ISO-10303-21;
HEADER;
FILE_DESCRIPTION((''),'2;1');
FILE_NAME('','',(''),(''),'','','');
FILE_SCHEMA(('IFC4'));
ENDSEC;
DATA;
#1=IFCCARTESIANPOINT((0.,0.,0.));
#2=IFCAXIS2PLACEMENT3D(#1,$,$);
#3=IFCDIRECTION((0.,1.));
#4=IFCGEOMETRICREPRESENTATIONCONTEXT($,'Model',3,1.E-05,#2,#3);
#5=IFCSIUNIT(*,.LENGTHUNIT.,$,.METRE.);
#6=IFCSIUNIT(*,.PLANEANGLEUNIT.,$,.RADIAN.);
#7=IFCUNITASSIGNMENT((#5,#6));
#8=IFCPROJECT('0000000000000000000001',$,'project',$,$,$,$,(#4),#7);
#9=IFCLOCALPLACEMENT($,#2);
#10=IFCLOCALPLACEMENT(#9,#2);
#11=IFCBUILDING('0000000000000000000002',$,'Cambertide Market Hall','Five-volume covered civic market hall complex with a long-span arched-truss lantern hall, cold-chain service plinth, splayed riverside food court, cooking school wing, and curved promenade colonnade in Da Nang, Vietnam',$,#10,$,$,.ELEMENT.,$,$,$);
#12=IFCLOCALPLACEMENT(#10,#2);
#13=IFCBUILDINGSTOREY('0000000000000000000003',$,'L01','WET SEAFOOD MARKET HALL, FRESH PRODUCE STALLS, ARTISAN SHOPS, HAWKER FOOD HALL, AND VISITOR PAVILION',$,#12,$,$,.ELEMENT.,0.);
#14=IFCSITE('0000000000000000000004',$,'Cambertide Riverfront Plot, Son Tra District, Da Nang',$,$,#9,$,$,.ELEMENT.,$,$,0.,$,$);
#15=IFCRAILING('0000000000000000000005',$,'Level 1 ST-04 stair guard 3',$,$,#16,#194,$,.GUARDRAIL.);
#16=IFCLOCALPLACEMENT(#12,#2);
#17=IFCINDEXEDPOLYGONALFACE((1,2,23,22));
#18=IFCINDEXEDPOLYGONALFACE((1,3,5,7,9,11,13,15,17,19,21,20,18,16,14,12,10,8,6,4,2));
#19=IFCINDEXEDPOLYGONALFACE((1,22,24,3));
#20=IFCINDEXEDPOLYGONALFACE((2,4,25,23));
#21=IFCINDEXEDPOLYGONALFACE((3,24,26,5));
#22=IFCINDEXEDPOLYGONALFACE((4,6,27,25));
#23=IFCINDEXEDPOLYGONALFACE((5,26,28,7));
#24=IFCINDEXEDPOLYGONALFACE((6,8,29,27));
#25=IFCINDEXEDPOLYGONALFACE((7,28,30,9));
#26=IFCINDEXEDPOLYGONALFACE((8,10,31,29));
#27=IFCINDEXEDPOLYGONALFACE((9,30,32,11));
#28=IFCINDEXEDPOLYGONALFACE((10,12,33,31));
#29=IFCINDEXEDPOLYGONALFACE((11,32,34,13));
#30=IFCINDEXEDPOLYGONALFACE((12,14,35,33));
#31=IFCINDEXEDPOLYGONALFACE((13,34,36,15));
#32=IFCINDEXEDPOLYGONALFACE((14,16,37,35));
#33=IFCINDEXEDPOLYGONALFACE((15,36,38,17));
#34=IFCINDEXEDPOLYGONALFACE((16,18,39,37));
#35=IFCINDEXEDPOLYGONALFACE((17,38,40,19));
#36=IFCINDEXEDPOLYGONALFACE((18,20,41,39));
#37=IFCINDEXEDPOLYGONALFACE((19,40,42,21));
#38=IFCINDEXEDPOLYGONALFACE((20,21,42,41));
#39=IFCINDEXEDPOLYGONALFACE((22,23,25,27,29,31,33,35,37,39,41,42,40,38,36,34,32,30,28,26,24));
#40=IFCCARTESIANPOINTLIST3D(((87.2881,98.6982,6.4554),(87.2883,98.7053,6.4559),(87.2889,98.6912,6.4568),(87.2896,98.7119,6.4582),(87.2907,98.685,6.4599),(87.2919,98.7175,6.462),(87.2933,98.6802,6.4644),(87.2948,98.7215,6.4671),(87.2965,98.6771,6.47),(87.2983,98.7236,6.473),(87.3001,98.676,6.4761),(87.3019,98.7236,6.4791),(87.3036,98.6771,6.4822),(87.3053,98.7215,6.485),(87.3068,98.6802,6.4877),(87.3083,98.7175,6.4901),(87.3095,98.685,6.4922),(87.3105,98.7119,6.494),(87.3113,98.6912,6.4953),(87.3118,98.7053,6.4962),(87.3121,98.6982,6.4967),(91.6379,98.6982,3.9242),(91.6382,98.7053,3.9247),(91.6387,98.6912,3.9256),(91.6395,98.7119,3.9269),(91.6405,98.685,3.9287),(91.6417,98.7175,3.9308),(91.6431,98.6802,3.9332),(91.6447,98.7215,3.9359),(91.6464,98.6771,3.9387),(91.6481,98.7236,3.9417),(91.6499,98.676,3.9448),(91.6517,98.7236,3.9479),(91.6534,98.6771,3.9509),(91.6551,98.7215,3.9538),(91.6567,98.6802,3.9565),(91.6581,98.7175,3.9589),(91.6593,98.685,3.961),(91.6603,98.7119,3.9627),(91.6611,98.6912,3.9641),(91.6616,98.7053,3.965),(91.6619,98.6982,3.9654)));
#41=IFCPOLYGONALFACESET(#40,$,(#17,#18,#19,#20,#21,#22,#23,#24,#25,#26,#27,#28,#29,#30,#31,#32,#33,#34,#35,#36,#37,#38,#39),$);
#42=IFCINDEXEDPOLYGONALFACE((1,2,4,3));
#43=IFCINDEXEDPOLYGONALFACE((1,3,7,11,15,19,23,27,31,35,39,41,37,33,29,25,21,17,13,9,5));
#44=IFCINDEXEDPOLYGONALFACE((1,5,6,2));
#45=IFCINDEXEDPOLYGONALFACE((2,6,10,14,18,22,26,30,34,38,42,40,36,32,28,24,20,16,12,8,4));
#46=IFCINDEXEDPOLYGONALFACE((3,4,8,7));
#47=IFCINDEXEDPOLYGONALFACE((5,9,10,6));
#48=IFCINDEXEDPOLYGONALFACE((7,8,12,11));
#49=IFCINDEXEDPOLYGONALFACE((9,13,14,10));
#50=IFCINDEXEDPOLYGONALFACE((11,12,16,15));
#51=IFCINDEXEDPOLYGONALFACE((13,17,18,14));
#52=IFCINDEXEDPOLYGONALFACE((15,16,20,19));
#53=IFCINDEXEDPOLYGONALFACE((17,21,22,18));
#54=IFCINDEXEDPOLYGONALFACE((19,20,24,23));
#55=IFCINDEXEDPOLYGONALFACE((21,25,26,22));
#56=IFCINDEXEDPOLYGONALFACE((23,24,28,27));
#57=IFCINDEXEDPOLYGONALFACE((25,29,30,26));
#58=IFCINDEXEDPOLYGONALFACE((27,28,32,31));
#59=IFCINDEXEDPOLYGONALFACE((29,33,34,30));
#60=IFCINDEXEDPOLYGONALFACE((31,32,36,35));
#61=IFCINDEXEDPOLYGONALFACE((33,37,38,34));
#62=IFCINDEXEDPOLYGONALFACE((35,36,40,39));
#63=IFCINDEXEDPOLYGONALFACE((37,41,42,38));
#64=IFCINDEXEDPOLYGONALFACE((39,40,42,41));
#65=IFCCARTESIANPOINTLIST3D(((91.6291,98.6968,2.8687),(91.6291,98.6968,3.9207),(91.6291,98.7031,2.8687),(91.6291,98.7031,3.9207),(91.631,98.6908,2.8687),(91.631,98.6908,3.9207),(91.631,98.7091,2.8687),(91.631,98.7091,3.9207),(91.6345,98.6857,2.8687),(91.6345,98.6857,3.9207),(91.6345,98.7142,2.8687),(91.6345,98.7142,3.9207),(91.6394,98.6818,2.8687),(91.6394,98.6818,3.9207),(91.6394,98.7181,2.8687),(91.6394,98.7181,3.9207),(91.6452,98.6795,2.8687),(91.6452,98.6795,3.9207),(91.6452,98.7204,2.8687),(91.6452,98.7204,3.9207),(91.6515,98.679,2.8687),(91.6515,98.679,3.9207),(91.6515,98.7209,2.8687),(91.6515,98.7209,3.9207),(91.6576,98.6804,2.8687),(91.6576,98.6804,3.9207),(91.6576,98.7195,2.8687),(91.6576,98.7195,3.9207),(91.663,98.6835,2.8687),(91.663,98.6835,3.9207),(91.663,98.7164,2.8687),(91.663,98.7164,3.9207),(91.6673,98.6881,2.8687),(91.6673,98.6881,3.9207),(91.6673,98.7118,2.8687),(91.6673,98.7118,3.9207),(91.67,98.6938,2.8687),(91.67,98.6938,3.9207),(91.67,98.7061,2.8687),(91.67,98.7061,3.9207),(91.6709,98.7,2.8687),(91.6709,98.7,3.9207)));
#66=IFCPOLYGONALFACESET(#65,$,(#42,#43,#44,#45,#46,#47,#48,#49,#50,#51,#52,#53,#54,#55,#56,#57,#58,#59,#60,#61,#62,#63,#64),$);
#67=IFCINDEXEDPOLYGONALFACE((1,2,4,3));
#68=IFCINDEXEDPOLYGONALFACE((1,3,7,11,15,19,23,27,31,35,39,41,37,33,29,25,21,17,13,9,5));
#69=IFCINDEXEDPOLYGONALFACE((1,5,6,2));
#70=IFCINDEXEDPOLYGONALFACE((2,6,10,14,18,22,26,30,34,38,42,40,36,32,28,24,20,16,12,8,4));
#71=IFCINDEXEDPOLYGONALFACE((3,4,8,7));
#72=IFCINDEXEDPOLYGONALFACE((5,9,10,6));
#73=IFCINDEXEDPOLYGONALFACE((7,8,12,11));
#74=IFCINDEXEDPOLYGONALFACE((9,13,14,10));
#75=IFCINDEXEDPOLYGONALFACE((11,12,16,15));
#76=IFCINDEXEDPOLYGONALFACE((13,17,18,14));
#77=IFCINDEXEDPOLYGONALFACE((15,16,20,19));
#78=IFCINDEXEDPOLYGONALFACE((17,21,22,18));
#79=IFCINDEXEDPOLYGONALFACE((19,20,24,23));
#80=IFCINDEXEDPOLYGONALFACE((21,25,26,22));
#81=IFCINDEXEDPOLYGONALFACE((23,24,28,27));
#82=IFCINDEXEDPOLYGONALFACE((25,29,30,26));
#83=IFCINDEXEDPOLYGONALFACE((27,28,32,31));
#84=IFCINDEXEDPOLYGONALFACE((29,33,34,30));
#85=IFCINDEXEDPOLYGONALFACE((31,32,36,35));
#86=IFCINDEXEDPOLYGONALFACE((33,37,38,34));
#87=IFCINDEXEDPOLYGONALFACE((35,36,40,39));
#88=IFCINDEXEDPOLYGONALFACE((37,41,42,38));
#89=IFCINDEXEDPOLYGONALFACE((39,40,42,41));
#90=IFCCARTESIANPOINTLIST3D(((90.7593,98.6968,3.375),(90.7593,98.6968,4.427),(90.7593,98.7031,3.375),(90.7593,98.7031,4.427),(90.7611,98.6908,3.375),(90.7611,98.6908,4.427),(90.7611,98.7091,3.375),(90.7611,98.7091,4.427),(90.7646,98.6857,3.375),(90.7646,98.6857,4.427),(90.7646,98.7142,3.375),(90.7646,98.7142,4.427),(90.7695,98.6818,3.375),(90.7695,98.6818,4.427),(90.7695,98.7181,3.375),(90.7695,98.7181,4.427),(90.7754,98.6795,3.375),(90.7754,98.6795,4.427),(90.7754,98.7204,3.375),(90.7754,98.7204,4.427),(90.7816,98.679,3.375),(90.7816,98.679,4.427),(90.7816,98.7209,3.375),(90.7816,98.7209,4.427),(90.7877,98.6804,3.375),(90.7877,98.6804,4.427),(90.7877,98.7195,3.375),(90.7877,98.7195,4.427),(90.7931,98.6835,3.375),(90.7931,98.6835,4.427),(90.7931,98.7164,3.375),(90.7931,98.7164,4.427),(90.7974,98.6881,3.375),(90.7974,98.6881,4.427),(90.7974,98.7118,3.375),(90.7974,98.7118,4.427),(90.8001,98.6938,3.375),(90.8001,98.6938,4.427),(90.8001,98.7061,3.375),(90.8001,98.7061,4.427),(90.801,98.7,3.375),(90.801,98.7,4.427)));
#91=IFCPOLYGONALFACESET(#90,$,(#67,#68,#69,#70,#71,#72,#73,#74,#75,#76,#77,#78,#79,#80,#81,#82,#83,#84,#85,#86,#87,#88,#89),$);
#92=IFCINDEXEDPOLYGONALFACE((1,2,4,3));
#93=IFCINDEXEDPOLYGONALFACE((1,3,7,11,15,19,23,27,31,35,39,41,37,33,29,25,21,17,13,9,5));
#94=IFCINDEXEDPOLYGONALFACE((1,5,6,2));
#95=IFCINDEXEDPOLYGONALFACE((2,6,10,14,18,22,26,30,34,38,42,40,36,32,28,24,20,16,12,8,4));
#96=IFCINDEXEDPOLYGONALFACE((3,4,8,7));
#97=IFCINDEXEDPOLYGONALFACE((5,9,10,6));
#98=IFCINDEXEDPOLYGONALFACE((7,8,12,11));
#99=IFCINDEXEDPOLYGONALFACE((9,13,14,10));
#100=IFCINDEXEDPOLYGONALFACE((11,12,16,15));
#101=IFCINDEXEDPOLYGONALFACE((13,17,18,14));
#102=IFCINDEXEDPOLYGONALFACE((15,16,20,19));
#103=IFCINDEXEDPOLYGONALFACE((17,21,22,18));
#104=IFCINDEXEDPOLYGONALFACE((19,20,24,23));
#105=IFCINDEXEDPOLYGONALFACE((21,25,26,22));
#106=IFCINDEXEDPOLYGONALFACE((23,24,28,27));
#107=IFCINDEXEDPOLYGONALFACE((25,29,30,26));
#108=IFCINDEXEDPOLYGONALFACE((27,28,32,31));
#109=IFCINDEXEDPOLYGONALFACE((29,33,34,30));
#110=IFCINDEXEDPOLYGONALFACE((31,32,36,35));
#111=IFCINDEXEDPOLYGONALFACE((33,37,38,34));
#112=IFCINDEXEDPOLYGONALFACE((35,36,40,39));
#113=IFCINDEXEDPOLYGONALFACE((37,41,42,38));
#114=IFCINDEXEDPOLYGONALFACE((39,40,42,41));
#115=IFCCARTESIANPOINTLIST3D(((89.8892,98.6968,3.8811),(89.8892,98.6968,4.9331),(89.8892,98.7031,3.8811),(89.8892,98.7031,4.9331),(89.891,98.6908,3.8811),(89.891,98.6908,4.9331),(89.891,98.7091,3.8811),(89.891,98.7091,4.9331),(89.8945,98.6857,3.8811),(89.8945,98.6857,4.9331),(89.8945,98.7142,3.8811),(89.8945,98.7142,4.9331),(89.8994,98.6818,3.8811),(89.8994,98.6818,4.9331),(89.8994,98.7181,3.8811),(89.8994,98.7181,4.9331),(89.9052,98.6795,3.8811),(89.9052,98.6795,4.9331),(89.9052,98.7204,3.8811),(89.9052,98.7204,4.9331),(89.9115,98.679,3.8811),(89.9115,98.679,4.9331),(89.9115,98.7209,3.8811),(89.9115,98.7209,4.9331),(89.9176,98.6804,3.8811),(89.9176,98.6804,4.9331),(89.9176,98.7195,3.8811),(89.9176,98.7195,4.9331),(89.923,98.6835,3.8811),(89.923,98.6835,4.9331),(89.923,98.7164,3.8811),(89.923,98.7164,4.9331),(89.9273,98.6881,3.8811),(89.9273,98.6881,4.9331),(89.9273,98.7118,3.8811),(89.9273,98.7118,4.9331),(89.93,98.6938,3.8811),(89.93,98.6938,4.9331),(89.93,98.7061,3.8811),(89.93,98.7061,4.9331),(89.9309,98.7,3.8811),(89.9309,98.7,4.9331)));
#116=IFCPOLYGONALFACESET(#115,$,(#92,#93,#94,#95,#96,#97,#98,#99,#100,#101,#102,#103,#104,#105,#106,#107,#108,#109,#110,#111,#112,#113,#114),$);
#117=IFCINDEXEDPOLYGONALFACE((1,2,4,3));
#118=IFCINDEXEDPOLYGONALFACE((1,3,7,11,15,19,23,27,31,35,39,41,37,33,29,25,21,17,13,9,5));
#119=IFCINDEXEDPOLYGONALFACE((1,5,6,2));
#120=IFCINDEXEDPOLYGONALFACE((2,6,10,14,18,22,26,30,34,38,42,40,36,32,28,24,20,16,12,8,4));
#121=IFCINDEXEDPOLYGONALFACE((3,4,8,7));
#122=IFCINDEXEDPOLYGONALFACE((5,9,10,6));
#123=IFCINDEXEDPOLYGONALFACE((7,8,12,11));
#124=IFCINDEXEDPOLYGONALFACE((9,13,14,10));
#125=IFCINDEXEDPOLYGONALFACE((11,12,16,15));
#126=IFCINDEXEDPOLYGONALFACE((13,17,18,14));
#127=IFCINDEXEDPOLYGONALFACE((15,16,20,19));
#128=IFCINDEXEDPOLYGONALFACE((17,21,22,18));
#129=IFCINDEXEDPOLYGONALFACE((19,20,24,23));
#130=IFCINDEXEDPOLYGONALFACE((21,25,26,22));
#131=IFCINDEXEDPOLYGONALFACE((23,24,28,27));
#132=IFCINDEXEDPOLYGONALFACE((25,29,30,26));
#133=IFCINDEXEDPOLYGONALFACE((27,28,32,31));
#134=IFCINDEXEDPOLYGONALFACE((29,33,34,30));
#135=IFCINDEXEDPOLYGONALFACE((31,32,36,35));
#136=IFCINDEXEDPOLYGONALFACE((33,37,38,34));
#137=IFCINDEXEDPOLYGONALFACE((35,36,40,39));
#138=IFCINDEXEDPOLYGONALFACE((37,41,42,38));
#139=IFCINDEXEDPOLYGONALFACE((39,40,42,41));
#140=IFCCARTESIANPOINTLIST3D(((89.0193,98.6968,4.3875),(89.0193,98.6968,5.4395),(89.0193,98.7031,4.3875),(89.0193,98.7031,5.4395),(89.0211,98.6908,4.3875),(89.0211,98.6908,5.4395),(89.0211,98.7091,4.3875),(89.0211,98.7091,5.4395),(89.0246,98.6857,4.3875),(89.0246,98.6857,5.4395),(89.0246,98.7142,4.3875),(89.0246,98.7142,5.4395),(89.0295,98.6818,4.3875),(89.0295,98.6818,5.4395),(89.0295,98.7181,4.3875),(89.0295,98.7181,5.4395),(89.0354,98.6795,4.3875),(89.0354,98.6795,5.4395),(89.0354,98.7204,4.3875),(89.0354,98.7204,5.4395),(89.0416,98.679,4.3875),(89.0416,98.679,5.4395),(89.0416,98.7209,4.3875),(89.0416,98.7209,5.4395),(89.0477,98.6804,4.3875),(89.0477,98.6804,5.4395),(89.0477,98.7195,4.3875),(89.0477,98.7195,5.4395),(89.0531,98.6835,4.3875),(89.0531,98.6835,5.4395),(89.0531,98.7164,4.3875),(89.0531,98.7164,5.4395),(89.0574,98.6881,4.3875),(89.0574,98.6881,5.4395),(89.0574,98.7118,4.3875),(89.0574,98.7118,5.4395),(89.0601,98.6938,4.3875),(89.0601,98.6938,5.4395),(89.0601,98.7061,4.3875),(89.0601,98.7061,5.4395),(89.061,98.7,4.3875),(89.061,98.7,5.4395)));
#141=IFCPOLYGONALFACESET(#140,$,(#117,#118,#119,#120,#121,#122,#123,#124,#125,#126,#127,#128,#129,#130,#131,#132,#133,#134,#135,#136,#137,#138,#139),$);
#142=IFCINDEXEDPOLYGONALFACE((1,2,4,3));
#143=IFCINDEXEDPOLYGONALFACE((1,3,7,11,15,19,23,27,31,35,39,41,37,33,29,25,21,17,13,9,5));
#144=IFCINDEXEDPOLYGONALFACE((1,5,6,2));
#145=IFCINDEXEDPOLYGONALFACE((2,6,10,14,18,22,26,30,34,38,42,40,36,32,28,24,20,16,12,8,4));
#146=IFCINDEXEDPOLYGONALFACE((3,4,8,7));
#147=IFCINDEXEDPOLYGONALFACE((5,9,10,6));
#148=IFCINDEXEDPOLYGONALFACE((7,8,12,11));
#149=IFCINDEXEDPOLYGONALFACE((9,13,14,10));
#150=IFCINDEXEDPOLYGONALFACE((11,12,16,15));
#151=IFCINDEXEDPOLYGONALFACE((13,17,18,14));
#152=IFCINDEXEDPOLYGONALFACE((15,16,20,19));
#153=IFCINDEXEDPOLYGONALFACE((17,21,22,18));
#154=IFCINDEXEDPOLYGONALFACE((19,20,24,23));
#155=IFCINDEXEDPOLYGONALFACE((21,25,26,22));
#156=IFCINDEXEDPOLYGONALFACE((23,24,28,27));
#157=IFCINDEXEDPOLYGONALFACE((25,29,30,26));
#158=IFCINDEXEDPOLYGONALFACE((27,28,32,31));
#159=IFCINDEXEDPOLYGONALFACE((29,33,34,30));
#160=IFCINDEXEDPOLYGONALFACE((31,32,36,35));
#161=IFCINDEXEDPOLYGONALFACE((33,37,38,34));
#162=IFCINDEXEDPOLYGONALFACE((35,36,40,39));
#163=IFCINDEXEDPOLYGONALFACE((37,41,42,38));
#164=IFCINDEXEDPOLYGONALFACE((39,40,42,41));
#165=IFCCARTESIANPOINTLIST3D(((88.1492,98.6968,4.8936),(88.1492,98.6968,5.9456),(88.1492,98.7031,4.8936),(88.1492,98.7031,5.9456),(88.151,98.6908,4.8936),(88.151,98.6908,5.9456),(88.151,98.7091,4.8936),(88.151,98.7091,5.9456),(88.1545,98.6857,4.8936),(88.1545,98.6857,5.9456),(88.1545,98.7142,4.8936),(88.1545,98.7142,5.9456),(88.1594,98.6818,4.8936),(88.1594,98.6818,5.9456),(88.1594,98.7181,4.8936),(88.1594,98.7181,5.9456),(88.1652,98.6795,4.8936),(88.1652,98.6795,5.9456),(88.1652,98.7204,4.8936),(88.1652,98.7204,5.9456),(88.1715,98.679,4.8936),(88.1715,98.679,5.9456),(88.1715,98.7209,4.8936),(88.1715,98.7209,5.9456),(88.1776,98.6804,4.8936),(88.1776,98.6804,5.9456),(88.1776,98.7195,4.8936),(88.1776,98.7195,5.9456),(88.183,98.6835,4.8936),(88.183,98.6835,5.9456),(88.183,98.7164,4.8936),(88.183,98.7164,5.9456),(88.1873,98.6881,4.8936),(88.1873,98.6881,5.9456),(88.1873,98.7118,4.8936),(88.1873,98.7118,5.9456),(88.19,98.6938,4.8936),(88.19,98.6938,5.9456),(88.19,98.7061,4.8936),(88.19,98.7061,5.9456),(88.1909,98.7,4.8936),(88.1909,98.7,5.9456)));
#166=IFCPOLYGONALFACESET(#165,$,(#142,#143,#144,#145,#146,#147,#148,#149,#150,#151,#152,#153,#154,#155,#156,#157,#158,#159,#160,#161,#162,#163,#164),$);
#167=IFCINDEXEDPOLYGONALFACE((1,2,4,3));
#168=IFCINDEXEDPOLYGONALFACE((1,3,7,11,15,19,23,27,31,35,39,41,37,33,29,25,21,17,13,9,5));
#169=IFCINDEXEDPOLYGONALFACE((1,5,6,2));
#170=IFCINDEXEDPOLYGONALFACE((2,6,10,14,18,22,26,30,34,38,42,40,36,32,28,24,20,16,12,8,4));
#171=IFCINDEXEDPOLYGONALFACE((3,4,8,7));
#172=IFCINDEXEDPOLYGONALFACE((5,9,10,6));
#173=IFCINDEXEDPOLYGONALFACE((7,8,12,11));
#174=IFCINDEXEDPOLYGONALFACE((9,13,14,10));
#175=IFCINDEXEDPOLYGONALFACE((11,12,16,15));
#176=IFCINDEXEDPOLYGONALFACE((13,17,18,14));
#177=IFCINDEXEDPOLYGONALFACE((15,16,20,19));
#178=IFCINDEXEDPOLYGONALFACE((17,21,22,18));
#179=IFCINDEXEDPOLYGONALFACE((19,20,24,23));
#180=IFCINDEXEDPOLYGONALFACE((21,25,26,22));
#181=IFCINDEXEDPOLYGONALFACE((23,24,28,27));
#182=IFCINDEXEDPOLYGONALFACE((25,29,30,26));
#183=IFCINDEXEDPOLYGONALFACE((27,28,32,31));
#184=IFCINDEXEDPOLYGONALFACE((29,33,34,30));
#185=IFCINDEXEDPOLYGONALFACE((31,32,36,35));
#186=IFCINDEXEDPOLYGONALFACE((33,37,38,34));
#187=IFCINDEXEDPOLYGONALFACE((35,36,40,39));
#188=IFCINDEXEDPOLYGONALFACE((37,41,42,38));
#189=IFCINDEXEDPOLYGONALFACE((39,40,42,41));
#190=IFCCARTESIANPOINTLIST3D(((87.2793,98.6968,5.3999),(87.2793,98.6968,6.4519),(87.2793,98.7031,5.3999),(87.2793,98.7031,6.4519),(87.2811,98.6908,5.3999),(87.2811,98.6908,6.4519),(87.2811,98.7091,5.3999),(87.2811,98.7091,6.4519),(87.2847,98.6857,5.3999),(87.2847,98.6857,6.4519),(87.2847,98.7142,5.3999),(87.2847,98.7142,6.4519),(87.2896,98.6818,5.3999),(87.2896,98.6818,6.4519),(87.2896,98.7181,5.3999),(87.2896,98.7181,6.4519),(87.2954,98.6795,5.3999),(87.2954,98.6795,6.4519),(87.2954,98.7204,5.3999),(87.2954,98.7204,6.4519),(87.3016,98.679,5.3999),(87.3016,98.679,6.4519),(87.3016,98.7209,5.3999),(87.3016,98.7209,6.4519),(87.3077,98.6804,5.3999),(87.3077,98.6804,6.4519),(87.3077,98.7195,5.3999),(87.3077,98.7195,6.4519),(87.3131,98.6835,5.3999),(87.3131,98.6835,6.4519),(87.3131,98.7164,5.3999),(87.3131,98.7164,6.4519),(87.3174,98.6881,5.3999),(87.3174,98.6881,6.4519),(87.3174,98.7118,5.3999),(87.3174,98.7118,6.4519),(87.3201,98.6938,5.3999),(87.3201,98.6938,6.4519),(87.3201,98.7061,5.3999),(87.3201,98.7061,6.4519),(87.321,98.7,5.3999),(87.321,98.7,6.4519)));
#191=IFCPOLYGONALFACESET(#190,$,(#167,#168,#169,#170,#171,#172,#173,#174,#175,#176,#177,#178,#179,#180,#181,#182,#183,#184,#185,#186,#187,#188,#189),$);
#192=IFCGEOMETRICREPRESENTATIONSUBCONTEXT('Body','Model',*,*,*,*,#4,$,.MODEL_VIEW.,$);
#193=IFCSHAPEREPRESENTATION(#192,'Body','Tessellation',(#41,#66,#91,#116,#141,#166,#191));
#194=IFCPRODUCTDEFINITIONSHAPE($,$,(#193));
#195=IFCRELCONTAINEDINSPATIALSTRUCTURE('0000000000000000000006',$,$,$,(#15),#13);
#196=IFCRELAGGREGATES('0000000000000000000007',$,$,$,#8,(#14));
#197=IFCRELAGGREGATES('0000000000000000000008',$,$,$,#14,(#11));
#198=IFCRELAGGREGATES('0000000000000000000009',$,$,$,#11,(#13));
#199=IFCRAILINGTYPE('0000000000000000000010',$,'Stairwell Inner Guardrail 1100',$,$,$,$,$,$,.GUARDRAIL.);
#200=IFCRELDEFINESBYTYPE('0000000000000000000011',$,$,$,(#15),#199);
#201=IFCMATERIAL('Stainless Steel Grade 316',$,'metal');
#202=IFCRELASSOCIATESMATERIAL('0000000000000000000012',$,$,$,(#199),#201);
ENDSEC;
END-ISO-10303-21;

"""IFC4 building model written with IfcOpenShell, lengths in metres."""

from ifc_helpers import new_model, si_unit, direction, frame, origin, origin_2d, place, context, subcontext, project, spatial, circle, extrude, material, type_object, element, save


model = new_model("IFC4")

# Units and contexts
model_context = context("Model", 3, precision=1e-05, world=origin(), true_north=direction((0.0, 1.0)))
body_context = subcontext(model_context, "Body", "Model", "MODEL_VIEW")
ifc_project = project(units=[si_unit("LENGTHUNIT", "METRE"), si_unit("PLANEANGLEUNIT", "RADIAN")], contexts=[model_context])

# Site, building, storey
site_placement = place(None, origin())
site = spatial("IfcSite", under=ifc_project, at=site_placement, Name="Cambertide Riverfront Plot, Son Tra District, Da Nang", CompositionType="ELEMENT", RefElevation=0.0)
building_placement = place(site_placement, origin())
building = spatial("IfcBuilding", under=site, at=building_placement, Name="Cambertide Market Hall", Description="Five-volume covered civic market hall complex with a long-span arched-truss lantern hall, cold-chain service plinth, splayed riverside food court, cooking school wing, and curved promenade colonnade in Da Nang, Vietnam", CompositionType="ELEMENT")
storey_placement = place(building_placement, origin())
storey = spatial("IfcBuildingStorey", under=building, at=storey_placement, Name="L01", Description="WET SEAFOOD MARKET HALL, FRESH PRODUCE STALLS, ARTISAN SHOPS, HAWKER FOOD HALL, AND VISITOR PAVILION", CompositionType="ELEMENT", Elevation=0.0)

# Railing
ifc_material_1 = material(Name="Stainless Steel Grade 316", Category="metal")
railing_type_1 = type_object("IfcRailingType", Name="Stairwell Inner Guardrail 1100", PredefinedType="GUARDRAIL", material=ifc_material_1)
railing_1_placement = place(storey_placement, frame((91.6499, 98.7, 2.8687)))
element("IfcRailing", 1, at=railing_1_placement, inside=storey, type_object=railing_type_1, Name="Level 1 ST-04 stair guard 3", PredefinedType="GUARDRAIL", context=body_context, shape_type="SweptSolid", body=[
    extrude(circle(Radius=0.0239, at=origin_2d()), frame((0.0, 0.0, 1.0762), z_axis=(-0.864312, 0.0, 0.502957), x_axis=(0.0, -1.0, 0.0)), (0.0, 0.0, 1.0), 5.0327),
    extrude(circle(Radius=0.021, at=origin_2d()), origin(), (0.0, 0.0, 1.0), 1.052),
    extrude(circle(Radius=0.021, at=origin_2d()), frame((-0.8699, 0.0, 0.5063)), (0.0, 0.0, 1.0), 1.052),
    extrude(circle(Radius=0.021, at=origin_2d()), frame((-1.74, 0.0, 1.0125)), (0.0, 0.0, 1.0), 1.052),
    extrude(circle(Radius=0.021, at=origin_2d()), frame((-2.6099, 0.0, 1.5188)), (0.0, 0.0, 1.0), 1.052),
    extrude(circle(Radius=0.021, at=origin_2d()), frame((-3.48, 0.0, 2.0249)), (0.0, 0.0, 1.0), 1.052),
    extrude(circle(Radius=0.021, at=origin_2d()), frame((-4.3499, 0.0, 2.5312)), (0.0, 0.0, 1.0), 1.052),
])

save(model, "model.ifc")
